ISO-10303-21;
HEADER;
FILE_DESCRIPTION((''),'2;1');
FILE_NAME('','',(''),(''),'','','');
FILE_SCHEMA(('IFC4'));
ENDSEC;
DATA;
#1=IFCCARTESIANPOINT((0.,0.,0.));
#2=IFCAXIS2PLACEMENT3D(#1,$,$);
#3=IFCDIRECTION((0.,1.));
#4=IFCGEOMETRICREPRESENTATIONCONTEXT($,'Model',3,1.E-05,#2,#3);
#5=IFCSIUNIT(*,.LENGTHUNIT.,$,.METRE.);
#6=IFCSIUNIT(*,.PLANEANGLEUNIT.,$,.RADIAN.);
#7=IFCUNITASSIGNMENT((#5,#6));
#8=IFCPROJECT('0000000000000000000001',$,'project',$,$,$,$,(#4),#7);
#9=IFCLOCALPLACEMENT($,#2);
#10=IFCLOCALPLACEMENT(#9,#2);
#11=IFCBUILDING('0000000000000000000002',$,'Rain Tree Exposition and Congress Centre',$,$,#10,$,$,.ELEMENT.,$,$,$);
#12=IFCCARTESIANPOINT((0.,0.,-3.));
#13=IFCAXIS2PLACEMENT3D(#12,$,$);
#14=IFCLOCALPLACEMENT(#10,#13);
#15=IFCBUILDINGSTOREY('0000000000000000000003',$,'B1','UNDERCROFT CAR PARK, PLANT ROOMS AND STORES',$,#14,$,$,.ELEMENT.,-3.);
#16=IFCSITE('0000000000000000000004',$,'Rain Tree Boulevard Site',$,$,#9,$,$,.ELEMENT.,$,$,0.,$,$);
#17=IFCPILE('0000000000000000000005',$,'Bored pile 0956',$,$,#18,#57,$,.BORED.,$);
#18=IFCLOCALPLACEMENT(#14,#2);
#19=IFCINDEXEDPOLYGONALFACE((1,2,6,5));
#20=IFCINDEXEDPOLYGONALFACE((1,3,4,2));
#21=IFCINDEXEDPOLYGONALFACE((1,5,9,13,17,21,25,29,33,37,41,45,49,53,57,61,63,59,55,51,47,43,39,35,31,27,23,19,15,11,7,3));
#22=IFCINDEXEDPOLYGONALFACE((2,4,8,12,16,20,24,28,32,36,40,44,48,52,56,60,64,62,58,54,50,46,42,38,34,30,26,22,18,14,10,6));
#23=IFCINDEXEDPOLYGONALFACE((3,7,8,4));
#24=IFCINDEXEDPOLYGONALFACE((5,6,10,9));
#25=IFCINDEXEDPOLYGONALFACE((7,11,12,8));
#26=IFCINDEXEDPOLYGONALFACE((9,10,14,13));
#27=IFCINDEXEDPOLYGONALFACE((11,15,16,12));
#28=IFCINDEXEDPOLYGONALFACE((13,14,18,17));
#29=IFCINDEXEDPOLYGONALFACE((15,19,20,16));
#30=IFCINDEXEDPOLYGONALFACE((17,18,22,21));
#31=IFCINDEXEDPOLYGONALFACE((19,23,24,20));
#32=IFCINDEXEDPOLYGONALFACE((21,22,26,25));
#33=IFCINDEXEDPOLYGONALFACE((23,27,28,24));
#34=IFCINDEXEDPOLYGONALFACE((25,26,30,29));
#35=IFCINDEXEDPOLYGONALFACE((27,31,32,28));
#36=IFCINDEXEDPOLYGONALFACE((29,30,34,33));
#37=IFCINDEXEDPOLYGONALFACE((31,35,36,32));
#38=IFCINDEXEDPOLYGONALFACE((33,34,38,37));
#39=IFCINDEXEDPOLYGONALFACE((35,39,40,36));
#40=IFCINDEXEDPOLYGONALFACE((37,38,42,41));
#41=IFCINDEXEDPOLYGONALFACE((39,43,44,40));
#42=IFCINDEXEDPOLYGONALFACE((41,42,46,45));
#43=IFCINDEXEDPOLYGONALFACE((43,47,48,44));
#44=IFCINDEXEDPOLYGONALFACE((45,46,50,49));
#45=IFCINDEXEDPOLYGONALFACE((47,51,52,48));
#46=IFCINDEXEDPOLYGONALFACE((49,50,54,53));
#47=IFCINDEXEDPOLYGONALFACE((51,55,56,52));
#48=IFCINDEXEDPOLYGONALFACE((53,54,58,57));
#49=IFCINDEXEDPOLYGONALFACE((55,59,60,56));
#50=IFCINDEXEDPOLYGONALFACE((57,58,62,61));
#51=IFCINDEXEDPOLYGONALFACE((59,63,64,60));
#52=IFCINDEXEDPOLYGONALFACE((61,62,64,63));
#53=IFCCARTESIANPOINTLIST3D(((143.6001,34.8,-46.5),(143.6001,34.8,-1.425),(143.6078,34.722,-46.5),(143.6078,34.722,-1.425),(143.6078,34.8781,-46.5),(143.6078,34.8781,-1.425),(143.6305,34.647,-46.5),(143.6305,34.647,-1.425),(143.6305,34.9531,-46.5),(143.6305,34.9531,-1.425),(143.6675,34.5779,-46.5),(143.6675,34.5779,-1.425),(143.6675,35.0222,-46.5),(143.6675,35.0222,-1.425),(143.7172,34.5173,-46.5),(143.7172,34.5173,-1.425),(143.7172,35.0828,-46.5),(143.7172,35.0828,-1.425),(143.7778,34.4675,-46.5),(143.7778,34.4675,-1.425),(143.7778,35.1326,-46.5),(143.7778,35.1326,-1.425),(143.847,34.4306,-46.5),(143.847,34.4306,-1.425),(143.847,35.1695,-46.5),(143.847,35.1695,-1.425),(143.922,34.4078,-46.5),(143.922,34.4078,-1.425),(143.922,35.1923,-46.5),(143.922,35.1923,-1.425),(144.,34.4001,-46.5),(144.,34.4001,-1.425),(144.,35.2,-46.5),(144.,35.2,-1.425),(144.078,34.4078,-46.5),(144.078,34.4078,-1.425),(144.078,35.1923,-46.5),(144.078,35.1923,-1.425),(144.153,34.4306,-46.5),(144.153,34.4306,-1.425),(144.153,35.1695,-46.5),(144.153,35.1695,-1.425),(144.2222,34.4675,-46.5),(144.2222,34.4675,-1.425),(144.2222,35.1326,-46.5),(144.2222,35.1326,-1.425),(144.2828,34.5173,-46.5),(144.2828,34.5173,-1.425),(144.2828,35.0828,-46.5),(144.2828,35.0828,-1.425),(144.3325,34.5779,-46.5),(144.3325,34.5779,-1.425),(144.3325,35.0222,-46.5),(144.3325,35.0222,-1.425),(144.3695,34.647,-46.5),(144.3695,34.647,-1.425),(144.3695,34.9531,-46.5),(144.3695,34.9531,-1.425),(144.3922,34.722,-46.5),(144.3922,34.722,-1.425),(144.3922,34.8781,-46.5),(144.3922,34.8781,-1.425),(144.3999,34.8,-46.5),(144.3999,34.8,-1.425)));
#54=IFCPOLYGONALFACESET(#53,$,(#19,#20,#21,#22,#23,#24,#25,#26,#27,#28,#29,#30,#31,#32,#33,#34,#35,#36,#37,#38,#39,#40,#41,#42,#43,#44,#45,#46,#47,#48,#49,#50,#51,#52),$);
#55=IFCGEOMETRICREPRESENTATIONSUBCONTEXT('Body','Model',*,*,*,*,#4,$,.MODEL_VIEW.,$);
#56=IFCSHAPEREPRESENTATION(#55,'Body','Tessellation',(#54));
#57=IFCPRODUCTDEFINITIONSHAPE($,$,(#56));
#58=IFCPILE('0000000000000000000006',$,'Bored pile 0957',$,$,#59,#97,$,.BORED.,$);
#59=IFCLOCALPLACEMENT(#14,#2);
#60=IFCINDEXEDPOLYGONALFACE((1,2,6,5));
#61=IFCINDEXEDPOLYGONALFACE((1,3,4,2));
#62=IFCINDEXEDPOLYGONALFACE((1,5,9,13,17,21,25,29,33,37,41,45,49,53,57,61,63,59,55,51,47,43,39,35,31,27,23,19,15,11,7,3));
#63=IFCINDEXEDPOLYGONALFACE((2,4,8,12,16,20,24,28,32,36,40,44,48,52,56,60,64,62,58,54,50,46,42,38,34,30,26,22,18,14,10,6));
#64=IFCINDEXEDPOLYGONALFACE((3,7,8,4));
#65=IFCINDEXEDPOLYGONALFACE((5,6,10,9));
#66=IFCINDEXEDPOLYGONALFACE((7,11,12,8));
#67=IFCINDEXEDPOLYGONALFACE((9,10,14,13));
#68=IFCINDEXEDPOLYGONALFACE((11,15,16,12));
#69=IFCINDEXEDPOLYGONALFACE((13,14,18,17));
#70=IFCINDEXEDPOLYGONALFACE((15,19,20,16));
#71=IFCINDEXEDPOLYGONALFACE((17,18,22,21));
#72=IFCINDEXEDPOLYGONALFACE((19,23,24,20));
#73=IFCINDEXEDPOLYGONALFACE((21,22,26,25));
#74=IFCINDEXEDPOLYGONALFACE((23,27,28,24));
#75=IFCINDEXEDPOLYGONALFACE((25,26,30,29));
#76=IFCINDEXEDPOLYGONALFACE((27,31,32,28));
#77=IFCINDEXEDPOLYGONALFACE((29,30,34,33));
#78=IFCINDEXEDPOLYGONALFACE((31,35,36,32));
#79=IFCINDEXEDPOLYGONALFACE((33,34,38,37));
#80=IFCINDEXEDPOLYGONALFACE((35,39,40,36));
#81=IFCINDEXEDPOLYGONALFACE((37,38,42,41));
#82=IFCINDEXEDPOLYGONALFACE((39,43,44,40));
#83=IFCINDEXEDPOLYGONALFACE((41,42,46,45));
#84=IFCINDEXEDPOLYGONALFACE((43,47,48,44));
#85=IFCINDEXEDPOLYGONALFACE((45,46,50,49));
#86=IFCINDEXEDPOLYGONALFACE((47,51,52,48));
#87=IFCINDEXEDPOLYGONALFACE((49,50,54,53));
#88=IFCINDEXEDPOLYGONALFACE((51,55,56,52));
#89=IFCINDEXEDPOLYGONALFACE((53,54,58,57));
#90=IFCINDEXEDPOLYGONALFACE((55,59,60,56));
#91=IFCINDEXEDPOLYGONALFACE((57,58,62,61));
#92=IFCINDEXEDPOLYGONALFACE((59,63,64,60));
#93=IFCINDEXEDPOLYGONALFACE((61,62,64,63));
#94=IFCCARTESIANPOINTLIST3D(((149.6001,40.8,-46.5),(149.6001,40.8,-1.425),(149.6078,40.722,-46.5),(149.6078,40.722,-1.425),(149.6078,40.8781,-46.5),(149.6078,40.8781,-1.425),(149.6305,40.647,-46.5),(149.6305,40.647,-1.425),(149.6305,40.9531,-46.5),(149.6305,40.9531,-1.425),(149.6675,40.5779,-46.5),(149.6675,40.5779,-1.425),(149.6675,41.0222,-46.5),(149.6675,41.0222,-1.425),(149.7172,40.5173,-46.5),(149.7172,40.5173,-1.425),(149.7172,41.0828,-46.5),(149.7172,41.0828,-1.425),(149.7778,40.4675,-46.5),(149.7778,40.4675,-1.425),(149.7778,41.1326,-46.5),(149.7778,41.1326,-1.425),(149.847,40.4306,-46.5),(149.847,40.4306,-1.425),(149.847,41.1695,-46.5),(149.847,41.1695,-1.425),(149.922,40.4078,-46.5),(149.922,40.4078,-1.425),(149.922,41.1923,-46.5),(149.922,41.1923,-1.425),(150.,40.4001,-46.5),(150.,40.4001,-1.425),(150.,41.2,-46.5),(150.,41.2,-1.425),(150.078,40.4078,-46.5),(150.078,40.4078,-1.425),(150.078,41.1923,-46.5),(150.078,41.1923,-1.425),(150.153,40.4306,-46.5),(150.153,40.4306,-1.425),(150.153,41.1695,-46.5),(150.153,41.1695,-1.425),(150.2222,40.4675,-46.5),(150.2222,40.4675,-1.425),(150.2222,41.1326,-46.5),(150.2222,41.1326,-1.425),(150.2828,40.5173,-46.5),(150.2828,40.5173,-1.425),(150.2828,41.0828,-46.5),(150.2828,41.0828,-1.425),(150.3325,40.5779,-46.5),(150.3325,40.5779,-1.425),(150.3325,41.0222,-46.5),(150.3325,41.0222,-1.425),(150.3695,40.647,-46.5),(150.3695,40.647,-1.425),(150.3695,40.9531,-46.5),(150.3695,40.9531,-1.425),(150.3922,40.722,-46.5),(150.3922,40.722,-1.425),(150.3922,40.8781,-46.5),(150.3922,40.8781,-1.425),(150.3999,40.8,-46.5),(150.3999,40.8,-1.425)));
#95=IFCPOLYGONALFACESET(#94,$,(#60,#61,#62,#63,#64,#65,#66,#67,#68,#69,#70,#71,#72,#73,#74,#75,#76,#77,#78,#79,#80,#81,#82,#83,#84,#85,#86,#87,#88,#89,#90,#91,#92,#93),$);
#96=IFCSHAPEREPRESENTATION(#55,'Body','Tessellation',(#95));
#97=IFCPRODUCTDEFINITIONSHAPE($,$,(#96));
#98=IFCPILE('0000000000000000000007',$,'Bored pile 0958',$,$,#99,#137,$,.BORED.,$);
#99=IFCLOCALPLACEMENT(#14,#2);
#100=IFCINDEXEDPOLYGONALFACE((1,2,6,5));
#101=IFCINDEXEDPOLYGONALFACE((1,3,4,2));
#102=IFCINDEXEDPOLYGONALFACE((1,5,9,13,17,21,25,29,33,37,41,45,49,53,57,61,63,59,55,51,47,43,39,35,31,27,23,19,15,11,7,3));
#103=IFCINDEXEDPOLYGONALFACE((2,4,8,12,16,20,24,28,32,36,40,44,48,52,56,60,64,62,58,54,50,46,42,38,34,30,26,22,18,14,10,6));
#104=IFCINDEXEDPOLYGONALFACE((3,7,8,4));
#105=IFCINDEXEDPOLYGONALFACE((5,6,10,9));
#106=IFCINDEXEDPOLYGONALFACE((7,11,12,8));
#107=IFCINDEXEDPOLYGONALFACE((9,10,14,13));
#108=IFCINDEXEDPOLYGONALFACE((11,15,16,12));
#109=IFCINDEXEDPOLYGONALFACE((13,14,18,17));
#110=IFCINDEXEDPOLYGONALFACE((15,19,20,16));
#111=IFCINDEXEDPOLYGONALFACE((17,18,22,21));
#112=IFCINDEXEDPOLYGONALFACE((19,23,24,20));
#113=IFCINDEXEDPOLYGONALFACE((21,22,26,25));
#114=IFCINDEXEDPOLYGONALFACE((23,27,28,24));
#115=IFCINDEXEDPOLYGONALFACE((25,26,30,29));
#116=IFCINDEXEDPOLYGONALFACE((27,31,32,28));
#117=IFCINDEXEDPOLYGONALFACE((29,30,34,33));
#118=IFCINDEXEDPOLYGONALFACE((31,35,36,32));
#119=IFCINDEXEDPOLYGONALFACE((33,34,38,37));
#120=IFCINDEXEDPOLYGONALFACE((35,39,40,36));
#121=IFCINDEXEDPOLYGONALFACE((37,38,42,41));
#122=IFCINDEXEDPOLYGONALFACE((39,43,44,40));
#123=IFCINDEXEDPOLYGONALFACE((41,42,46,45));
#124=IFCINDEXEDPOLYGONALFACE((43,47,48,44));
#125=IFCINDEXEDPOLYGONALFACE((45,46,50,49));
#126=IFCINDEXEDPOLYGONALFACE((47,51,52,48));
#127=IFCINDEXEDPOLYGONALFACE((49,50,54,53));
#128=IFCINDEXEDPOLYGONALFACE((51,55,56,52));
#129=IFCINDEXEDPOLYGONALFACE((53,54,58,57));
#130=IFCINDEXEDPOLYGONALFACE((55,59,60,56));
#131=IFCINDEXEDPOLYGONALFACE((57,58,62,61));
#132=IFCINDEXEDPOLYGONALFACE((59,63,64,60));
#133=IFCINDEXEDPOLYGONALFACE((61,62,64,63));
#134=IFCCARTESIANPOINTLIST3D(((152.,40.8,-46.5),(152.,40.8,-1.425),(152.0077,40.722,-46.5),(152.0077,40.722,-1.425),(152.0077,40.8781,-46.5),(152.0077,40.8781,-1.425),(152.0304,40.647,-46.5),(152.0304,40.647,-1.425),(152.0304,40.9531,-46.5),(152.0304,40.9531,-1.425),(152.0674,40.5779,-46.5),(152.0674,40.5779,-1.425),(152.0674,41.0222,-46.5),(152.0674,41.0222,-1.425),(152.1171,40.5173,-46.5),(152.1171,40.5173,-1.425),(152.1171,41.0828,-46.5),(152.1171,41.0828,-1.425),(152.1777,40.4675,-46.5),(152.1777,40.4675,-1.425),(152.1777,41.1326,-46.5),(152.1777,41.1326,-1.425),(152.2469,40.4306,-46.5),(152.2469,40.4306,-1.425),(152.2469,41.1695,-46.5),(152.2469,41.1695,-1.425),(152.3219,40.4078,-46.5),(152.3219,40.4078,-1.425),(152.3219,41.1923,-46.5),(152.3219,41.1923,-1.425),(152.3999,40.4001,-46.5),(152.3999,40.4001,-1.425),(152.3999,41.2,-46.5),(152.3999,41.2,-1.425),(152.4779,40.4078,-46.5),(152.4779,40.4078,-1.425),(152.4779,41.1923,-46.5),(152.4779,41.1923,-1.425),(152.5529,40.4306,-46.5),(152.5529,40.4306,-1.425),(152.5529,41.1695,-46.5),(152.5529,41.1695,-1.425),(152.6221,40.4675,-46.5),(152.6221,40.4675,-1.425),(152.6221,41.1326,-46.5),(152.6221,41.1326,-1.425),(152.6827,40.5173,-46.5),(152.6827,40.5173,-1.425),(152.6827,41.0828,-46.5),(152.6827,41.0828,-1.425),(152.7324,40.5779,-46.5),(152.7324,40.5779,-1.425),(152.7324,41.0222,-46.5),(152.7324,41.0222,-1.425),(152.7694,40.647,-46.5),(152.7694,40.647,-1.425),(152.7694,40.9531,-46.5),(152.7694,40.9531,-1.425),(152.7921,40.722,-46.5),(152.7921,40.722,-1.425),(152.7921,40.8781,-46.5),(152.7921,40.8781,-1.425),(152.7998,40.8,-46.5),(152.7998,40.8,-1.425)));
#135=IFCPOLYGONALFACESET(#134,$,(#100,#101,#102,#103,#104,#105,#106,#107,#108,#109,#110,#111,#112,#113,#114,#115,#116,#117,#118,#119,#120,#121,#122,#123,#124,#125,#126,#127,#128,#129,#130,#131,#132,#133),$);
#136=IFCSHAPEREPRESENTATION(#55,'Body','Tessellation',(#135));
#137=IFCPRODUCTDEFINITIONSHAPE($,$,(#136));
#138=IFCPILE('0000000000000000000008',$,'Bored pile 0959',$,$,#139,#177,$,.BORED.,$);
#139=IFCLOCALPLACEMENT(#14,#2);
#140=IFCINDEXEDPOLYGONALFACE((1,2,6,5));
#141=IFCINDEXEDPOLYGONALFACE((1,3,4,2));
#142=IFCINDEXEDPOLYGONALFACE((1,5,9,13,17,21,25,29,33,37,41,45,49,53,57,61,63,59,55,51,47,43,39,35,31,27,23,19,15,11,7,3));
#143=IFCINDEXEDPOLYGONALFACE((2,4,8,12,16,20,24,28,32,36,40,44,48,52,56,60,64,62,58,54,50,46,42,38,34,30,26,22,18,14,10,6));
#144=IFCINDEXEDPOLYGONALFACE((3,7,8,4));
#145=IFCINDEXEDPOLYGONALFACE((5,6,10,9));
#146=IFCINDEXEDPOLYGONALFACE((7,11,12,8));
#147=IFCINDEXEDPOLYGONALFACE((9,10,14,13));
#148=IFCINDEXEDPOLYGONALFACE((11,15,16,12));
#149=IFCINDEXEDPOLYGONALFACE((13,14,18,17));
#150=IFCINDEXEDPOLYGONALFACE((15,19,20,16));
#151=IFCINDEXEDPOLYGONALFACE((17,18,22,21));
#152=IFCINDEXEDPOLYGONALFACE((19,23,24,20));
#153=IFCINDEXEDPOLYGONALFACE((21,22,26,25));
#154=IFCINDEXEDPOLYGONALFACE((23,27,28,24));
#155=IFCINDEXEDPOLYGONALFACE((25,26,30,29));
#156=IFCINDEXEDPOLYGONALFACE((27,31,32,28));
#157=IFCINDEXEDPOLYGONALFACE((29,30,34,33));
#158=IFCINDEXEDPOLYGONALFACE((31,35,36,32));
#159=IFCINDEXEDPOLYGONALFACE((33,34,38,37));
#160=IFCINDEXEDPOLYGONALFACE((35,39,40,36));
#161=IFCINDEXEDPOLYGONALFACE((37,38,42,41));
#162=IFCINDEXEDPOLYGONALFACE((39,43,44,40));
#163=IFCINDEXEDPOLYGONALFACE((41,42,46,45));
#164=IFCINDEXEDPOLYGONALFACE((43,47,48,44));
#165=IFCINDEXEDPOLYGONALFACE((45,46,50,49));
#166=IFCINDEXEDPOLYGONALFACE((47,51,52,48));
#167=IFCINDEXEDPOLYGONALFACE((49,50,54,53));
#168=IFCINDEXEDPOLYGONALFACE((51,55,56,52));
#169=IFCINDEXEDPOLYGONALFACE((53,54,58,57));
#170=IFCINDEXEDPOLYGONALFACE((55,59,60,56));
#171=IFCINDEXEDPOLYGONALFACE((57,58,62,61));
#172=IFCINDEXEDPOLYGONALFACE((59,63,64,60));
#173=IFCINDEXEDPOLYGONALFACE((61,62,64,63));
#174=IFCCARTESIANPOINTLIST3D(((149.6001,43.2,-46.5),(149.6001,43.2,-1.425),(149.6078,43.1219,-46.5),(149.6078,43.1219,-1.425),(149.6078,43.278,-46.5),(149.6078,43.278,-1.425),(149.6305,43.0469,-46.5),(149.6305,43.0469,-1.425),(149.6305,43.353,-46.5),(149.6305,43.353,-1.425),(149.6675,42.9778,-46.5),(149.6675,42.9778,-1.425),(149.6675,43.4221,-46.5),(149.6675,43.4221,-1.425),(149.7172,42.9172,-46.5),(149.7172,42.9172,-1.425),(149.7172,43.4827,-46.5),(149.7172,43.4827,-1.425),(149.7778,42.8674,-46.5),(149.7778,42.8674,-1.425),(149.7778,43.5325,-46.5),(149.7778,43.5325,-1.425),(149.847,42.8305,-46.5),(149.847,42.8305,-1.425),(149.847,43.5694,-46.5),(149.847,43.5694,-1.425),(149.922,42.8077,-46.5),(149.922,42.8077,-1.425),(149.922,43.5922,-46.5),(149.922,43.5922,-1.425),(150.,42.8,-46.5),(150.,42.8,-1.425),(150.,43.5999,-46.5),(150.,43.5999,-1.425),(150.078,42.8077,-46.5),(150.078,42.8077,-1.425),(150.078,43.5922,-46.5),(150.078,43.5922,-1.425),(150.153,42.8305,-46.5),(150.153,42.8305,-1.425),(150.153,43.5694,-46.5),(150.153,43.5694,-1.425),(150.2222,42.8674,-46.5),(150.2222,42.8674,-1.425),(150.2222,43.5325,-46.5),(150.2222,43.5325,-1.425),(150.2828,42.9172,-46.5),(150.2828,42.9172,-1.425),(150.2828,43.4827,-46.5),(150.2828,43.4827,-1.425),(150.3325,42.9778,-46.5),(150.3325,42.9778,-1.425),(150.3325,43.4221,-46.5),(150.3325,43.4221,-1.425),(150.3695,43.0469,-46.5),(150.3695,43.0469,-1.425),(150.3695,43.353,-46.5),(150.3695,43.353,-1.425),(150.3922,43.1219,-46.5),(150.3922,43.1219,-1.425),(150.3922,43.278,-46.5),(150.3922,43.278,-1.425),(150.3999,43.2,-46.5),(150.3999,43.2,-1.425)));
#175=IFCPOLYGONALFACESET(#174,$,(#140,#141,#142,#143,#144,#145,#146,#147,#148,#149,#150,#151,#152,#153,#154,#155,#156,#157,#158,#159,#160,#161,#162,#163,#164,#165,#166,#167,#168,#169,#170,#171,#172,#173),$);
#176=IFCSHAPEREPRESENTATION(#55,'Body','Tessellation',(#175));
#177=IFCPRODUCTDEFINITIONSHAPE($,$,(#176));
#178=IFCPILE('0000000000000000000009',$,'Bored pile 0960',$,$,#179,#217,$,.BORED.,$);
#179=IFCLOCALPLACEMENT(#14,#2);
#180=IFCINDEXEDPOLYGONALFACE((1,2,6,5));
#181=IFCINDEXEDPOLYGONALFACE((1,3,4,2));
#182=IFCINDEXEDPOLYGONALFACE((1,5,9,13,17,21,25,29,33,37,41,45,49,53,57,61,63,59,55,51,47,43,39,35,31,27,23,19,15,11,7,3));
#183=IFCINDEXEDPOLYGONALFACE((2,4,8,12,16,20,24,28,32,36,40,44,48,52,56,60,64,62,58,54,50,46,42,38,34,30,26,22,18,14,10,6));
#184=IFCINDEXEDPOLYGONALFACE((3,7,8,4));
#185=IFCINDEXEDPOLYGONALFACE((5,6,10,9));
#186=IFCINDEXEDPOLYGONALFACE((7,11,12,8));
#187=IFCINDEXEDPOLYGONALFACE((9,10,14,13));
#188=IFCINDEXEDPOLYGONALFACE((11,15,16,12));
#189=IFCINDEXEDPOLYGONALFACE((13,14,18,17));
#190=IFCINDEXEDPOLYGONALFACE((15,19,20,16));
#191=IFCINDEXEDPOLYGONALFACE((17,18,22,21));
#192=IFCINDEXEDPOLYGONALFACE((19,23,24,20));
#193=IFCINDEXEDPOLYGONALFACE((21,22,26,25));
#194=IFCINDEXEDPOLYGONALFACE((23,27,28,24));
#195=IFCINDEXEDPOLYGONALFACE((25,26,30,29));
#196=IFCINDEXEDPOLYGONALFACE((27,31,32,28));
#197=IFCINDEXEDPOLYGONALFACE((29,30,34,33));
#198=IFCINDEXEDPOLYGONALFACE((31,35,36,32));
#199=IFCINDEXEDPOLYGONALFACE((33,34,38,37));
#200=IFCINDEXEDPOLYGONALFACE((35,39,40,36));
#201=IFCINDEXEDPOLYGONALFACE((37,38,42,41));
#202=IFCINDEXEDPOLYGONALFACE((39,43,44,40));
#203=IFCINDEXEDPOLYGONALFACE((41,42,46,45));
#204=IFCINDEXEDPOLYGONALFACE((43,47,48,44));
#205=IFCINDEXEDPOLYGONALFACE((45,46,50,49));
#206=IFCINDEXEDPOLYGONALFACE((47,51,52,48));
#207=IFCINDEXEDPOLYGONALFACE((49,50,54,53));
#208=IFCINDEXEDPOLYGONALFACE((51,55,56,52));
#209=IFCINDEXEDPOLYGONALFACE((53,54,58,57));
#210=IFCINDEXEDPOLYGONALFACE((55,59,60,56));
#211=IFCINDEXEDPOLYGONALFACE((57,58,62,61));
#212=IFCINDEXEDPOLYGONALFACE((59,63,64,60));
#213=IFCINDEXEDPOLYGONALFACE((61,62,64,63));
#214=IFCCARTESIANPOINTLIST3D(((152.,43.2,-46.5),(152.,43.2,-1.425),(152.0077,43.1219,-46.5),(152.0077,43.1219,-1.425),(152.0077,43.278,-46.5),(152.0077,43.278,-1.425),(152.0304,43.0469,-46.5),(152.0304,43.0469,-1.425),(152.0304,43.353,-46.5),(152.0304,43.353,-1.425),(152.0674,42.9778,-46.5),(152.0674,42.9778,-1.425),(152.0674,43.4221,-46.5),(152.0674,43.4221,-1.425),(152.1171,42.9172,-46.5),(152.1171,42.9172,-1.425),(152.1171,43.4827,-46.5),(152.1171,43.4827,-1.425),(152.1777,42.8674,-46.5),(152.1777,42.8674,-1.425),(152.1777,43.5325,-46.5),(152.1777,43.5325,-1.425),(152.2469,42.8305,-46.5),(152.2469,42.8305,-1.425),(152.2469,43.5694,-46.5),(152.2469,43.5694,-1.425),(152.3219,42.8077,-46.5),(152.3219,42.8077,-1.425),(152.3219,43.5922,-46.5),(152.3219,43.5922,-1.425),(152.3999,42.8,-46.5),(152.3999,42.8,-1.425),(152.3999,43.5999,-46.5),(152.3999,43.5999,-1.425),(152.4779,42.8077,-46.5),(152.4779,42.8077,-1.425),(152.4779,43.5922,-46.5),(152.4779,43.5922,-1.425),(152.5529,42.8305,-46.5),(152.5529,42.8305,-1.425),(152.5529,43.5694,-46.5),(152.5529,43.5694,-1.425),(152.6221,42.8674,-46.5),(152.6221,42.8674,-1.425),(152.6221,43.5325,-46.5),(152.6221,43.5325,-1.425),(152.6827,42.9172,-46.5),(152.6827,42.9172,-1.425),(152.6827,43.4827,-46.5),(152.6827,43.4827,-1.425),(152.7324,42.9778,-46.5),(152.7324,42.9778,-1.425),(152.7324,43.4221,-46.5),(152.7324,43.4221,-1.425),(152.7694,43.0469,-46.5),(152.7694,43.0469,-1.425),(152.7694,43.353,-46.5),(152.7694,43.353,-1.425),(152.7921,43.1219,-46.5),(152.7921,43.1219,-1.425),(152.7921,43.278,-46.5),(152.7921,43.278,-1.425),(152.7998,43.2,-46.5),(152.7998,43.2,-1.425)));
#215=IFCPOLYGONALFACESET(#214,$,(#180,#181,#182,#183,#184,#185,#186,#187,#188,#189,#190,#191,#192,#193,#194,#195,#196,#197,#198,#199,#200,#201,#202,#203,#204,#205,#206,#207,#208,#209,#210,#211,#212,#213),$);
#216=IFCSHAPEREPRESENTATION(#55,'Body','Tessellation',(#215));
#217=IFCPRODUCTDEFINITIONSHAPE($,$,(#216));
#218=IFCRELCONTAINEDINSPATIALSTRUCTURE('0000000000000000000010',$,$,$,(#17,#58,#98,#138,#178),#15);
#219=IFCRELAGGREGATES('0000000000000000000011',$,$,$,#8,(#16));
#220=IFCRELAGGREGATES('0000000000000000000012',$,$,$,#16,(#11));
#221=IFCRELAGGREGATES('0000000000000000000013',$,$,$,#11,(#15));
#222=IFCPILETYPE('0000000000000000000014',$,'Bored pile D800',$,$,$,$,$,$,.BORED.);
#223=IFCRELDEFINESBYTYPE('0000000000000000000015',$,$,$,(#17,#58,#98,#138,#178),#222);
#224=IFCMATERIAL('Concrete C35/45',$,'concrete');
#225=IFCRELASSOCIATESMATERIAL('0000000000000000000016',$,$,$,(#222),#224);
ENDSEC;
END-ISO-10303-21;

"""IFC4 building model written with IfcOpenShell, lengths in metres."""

from ifc_helpers import new_model, si_unit, direction, frame, origin, origin_2d, place, context, subcontext, project, spatial, circle, extrude, material, material_profile, profile_set, type_object, element, save


model = new_model("IFC4")

# Units and contexts
model_context = context("Model", 3, precision=1e-05, world=origin(), true_north=direction((0.0, 1.0)))
body_context = subcontext(model_context, "Body", "Model", "MODEL_VIEW")
ifc_project = project(units=[si_unit("LENGTHUNIT", "METRE"), si_unit("PLANEANGLEUNIT", "RADIAN")], contexts=[model_context])

# Site, building, storey
site_placement = place(None, origin())
site = spatial("IfcSite", under=ifc_project, at=site_placement, Name="Rain Tree Boulevard Site", CompositionType="ELEMENT", RefElevation=0.0)
building_placement = place(site_placement, origin())
building = spatial("IfcBuilding", under=site, at=building_placement, Name="Rain Tree Exposition and Congress Centre", CompositionType="ELEMENT")
storey_placement = place(building_placement, frame((0.0, 0.0, -3.0)))
storey = spatial("IfcBuildingStorey", under=building, at=storey_placement, Name="B1", Description="UNDERCROFT CAR PARK, PLANT ROOMS AND STORES", CompositionType="ELEMENT", Elevation=-3.0)

# Piles
ifc_material_1 = material(Name="Concrete C35/45", Category="concrete")
ifc_material_profile_1 = material_profile(ifc_material_1, circle(Radius=0.3999, at=origin_2d()), Name="D800")
ifc_profile_set_1 = profile_set([ifc_material_profile_1], Name="Concrete C35/45")
pile_type = type_object("IfcPileType", Name="Bored pile D800", PredefinedType="BORED", material=ifc_profile_set_1)
for number, where, z_axis, x_axis, name in (
    (1, (144.0, 34.8, -1.425), (0.0, 0.0, -1.0), (1.0, 0.0, 0.0), "Bored pile 0956"),
    (2, (150.0, 40.8, -1.425), (0.0, 0.0, -1.0), (1.0, 0.0, 0.0), "Bored pile 0957"),
    (3, (152.3999, 40.8, -1.425), (0.0, 0.0, -1.0), (1.0, 0.0, 0.0), "Bored pile 0958"),
    (4, (150.0, 43.2, -1.425), (0.0, 0.0, -1.0), (1.0, 0.0, 0.0), "Bored pile 0959"),
    (5, (152.3999, 43.2, -1.425), (0.0, 0.0, -1.0), (1.0, 0.0, 0.0), "Bored pile 0960"),
):
    element("IfcPile", number, at=place(storey_placement, frame(where, z_axis=z_axis, x_axis=x_axis)), inside=storey, type_object=pile_type, Name=name, PredefinedType="BORED", context=body_context, shape_type="SweptSolid", body=[
        extrude(circle(Radius=0.3999, at=origin_2d()), origin(), (0.0, 0.0, 1.0), 45.075),
    ])

save(model, "model.ifc")
